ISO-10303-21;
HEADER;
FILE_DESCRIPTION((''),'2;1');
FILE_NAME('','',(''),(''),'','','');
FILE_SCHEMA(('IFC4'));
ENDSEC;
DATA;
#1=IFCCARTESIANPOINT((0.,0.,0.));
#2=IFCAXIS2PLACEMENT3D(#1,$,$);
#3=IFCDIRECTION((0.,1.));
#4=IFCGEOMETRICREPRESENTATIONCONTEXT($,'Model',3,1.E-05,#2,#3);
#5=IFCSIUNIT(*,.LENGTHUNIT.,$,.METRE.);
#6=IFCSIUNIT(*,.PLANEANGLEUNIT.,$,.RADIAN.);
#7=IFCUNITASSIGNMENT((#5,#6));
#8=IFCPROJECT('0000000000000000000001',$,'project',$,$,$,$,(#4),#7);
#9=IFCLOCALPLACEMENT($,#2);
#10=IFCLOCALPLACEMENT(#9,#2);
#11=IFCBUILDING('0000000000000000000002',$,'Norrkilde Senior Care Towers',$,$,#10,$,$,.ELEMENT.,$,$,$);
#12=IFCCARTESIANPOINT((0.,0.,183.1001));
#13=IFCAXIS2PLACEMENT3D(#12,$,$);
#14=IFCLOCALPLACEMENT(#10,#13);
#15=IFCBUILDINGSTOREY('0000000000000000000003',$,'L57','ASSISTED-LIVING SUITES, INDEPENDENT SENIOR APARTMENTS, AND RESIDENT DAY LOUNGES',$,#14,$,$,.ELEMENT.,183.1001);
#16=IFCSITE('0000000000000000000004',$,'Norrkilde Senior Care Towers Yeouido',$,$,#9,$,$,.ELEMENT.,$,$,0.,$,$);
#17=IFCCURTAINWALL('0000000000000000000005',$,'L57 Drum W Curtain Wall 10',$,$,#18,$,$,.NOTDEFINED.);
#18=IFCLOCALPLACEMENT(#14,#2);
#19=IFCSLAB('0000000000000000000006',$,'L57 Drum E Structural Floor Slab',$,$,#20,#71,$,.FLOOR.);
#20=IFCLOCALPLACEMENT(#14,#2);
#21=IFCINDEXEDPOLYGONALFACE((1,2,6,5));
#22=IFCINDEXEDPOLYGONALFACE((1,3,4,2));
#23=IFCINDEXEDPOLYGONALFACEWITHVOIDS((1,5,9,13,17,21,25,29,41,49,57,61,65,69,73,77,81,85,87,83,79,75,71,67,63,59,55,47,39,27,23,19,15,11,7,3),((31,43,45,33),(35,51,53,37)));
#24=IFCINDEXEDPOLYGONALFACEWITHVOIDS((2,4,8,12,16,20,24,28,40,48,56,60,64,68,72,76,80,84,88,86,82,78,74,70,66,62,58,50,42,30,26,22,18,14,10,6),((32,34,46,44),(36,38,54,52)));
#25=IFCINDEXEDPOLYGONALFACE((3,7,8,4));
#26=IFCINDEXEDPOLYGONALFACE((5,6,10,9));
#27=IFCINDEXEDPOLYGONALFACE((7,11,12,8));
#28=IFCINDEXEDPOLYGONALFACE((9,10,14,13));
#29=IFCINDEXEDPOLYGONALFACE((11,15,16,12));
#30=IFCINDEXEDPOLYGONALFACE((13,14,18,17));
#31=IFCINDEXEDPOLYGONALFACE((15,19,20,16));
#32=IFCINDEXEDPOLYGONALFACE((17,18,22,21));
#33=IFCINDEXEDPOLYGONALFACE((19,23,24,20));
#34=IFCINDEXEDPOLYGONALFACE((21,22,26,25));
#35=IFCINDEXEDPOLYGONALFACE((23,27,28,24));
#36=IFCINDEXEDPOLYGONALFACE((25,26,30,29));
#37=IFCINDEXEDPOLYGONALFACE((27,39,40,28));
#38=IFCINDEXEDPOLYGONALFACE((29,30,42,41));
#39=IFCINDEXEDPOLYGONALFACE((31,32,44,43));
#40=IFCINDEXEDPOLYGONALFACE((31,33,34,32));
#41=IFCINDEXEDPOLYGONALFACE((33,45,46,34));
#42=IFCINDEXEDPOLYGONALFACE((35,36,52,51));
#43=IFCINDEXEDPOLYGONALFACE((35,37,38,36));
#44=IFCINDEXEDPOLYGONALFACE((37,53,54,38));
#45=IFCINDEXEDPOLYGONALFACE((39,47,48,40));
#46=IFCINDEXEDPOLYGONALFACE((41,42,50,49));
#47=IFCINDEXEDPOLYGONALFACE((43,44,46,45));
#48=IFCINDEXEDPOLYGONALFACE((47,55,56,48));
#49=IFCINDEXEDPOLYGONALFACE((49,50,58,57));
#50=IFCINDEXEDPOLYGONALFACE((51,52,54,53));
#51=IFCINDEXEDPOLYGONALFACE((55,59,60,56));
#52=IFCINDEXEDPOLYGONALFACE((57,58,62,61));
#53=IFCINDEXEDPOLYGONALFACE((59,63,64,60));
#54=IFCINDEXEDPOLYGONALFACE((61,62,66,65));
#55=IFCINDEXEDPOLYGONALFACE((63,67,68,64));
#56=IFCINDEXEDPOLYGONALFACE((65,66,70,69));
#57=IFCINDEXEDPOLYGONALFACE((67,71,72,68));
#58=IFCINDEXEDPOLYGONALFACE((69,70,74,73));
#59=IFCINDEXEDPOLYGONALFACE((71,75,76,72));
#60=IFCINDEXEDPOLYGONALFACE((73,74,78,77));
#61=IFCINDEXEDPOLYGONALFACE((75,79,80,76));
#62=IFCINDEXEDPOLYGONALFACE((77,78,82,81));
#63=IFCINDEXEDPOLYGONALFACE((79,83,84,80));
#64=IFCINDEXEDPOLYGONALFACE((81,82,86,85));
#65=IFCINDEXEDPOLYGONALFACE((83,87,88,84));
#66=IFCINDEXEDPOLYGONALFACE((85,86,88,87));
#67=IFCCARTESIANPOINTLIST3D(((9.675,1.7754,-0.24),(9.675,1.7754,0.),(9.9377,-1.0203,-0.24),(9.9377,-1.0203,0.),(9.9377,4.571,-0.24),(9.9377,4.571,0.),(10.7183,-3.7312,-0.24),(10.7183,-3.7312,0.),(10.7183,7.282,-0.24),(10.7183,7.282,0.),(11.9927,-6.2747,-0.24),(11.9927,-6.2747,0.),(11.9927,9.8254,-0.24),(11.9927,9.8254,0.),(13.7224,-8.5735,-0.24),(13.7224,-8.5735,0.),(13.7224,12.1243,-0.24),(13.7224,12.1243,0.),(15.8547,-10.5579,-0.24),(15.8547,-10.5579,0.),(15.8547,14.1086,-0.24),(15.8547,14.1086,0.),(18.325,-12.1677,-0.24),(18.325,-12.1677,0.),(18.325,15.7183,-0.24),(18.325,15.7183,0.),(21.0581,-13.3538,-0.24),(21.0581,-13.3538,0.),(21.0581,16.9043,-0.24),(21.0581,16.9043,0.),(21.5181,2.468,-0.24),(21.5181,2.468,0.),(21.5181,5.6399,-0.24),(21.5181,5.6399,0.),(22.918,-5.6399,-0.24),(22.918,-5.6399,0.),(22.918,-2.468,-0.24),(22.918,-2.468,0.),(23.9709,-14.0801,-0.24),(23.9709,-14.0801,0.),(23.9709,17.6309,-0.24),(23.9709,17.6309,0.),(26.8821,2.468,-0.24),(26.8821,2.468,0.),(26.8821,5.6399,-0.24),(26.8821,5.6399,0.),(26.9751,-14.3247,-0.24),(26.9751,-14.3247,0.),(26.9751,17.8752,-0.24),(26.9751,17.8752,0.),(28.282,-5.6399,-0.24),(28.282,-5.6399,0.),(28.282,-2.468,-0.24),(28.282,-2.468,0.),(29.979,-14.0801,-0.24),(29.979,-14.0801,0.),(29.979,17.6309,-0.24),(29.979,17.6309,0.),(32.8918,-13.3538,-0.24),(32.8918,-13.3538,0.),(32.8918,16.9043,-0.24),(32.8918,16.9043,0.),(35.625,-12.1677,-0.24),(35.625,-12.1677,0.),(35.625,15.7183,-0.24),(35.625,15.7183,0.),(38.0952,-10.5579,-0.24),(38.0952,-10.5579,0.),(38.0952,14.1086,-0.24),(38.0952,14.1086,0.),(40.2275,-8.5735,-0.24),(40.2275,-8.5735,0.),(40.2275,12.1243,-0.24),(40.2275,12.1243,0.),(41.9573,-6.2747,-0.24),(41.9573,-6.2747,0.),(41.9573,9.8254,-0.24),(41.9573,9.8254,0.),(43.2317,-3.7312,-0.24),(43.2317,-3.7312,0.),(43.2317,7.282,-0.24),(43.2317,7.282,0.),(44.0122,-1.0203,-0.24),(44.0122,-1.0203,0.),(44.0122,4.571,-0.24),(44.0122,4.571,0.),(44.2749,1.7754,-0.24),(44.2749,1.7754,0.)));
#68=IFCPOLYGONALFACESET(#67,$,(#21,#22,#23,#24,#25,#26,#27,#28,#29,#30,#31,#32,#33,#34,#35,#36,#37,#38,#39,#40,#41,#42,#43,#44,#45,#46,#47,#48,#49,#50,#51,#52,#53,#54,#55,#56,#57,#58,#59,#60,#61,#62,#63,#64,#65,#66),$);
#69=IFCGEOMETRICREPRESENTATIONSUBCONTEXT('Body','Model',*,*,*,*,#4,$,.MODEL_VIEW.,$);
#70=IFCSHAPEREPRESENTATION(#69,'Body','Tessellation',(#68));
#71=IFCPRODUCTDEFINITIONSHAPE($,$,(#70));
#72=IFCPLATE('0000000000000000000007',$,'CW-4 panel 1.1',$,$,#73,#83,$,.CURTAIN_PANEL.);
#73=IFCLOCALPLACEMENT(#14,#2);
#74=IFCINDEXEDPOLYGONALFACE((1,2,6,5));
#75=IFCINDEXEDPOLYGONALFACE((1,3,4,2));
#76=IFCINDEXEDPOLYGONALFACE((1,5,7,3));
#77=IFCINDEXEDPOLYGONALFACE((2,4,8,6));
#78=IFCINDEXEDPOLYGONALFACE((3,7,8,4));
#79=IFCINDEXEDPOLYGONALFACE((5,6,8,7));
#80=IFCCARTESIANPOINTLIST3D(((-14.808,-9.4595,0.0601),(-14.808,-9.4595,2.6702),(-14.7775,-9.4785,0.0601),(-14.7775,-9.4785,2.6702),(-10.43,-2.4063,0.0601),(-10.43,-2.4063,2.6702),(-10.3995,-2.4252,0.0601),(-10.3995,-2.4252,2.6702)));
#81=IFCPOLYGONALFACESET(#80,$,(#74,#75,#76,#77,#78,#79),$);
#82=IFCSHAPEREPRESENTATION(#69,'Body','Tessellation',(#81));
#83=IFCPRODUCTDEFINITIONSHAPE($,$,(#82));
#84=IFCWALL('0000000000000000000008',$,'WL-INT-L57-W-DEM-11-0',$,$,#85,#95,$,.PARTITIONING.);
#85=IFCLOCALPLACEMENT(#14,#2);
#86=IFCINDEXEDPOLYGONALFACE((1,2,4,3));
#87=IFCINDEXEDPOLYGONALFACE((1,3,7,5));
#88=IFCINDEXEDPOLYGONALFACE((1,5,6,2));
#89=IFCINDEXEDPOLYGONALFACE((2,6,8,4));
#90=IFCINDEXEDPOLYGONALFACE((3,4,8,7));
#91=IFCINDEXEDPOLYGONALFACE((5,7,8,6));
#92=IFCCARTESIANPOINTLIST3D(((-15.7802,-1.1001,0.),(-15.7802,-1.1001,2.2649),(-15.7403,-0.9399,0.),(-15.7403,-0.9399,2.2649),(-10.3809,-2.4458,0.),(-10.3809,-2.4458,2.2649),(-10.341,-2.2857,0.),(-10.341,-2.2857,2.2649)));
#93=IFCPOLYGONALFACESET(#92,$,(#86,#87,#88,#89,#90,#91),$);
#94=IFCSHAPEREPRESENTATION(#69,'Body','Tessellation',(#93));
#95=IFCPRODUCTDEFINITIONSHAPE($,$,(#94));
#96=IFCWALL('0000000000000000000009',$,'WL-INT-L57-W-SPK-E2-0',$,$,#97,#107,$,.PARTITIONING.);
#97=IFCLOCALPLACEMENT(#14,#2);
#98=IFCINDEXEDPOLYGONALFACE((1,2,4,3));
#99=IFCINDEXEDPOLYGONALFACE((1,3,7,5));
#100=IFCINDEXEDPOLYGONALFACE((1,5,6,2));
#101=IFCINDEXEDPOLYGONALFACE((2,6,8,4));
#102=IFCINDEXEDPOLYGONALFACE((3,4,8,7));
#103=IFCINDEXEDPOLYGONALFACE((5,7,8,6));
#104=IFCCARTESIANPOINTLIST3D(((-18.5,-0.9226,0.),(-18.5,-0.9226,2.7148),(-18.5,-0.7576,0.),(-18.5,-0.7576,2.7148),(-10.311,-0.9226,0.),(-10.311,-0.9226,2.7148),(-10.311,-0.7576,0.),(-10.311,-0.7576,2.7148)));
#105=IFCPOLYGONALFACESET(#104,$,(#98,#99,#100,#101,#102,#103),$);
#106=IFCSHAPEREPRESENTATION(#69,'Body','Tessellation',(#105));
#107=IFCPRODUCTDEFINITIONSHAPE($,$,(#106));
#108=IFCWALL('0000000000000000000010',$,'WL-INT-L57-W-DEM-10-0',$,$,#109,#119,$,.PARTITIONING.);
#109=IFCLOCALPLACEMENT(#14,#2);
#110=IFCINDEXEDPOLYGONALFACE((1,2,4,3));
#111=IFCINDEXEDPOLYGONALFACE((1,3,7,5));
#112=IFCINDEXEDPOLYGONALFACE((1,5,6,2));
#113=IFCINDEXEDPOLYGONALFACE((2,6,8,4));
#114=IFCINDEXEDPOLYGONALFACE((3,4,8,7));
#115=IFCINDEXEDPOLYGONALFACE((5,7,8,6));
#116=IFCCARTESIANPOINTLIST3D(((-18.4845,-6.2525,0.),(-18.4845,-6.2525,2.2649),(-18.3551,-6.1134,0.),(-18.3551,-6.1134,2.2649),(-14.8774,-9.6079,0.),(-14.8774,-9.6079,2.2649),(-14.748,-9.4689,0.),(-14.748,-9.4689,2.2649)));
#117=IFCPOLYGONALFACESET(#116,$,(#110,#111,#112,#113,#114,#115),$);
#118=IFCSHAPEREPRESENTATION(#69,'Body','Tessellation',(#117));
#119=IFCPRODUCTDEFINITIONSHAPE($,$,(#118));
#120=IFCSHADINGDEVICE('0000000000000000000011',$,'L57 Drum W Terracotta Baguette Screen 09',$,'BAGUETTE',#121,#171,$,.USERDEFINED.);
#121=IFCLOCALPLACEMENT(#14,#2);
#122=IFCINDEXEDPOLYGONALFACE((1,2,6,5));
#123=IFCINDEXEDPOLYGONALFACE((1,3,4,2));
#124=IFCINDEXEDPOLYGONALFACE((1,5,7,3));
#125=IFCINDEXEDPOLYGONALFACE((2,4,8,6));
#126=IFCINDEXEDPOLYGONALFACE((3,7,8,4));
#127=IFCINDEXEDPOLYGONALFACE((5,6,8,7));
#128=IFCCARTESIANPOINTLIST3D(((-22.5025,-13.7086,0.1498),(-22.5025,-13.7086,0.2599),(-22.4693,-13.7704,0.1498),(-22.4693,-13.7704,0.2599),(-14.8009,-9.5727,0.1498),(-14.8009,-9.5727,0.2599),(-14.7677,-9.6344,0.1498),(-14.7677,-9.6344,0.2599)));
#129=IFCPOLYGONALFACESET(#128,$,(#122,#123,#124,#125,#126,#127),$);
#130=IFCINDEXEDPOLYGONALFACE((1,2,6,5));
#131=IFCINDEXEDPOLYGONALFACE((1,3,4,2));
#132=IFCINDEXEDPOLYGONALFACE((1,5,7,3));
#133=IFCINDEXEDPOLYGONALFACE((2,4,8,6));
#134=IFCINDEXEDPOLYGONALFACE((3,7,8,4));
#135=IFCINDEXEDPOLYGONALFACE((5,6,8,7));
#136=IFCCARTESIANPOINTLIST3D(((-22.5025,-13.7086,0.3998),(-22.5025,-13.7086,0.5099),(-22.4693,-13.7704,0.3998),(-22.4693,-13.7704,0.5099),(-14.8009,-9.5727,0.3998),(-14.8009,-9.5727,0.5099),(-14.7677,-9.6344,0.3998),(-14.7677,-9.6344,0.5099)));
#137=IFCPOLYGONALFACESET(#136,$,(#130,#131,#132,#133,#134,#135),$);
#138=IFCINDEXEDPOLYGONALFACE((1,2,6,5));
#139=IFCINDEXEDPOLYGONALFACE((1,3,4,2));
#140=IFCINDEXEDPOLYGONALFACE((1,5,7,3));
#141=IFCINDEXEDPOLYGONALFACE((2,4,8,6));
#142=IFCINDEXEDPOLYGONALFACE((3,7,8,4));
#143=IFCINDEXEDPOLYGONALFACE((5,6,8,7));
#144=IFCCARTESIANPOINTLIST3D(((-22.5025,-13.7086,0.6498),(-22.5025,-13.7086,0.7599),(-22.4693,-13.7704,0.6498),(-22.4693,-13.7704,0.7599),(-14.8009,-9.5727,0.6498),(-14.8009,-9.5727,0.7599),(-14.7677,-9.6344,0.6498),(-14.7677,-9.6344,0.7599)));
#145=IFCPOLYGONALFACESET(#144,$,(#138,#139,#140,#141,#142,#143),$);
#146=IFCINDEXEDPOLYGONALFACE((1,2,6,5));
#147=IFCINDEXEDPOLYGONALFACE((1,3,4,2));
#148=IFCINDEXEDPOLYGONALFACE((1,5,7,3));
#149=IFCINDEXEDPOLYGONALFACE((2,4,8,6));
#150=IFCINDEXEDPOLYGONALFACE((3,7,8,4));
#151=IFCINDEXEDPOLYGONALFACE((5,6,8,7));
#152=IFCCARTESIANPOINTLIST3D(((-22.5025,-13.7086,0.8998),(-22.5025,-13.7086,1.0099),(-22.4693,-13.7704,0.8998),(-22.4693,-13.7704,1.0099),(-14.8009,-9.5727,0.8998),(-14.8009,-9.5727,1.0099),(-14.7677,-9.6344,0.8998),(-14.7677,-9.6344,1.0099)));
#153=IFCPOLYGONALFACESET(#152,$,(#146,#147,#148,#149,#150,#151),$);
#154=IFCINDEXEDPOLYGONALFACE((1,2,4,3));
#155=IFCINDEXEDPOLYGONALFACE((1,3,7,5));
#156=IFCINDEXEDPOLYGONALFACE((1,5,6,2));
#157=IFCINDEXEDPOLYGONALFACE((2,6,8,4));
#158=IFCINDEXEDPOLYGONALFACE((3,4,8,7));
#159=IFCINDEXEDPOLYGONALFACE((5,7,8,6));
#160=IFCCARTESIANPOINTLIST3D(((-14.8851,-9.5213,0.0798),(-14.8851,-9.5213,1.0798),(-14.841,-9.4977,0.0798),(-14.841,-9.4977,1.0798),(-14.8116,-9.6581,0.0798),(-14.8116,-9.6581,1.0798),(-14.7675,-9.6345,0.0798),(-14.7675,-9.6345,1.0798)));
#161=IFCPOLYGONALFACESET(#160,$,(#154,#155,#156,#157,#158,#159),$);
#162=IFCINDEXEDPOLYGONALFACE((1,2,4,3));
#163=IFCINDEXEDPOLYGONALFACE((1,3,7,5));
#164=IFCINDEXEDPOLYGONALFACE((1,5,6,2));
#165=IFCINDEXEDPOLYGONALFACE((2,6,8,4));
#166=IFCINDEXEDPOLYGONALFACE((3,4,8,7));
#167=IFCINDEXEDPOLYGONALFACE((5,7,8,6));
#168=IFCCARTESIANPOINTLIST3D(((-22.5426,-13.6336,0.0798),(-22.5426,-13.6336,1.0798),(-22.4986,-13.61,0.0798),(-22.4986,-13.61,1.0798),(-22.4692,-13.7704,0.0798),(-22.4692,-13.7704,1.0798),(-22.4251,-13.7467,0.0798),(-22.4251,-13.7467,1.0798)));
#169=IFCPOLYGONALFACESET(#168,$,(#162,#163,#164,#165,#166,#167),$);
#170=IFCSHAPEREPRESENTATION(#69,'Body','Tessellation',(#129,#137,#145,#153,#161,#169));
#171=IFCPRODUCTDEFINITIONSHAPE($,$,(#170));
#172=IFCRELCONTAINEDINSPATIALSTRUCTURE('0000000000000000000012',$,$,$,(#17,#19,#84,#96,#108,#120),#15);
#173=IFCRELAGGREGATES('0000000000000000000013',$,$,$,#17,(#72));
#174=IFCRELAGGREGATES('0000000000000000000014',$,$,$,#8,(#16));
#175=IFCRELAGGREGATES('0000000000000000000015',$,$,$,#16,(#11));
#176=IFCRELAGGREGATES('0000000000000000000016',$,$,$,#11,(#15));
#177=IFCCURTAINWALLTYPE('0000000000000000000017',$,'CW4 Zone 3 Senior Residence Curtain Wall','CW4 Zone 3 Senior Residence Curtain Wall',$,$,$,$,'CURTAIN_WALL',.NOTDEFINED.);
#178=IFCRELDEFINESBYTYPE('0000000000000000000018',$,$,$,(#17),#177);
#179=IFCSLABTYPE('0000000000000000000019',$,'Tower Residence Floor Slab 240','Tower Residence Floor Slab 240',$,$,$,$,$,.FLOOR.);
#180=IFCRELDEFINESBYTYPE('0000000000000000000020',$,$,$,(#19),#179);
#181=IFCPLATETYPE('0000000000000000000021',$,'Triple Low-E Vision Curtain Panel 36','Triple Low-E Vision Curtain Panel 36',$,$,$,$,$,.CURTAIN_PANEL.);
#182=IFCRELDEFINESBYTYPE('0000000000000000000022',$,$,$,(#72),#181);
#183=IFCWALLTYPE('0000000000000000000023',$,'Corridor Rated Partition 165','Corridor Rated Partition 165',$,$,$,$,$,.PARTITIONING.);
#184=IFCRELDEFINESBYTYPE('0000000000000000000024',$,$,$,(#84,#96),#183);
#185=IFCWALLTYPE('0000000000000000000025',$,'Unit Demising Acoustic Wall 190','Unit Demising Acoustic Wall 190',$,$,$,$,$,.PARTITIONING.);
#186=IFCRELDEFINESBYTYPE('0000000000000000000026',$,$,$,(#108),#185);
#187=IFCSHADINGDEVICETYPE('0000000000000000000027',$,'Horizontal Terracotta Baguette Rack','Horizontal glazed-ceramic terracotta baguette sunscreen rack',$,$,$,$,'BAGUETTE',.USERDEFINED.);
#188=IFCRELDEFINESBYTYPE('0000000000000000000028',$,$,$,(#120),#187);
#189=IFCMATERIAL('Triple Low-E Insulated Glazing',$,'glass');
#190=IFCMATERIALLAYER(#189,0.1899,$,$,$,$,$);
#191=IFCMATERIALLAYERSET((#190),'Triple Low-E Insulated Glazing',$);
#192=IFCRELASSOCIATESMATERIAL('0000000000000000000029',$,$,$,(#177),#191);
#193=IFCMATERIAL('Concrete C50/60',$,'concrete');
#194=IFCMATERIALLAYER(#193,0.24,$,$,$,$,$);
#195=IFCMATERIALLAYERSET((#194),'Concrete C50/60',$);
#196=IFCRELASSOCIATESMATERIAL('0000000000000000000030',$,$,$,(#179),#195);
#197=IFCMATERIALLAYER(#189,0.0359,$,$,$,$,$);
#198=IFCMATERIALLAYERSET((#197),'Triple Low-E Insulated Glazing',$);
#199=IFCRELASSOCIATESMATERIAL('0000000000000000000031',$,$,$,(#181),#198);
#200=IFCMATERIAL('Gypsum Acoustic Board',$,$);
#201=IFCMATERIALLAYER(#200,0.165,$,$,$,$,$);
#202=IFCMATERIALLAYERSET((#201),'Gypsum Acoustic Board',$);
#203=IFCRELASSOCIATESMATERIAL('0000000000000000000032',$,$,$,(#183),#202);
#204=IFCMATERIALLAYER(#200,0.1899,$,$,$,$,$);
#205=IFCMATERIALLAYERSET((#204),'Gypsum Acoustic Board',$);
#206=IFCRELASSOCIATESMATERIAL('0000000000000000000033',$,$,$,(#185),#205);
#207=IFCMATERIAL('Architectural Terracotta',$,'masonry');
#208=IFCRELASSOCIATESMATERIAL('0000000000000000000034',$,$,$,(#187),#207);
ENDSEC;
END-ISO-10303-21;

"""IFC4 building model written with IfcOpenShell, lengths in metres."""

from ifc_helpers import new_model, si_unit, direction, frame, frame_2d, origin, origin_2d, place, context, subcontext, project, spatial, polyline, rectangle, outline, extrude, source, transform, mapped, material, layer, layer_set, type_object, type_shapes, element, aggregate, save


model = new_model("IFC4")

# Units and contexts
model_context = context("Model", 3, precision=1e-05, world=origin(), true_north=direction((0.0, 1.0)))
body_context = subcontext(model_context, "Body", "Model", "MODEL_VIEW")
ifc_project = project(units=[si_unit("LENGTHUNIT", "METRE"), si_unit("PLANEANGLEUNIT", "RADIAN")], contexts=[model_context])

# Site, building, storey
site_placement = place(None, origin())
site = spatial("IfcSite", under=ifc_project, at=site_placement, Name="Norrkilde Senior Care Towers Yeouido", CompositionType="ELEMENT", RefElevation=0.0)
building_placement = place(site_placement, origin())
building = spatial("IfcBuilding", under=site, at=building_placement, Name="Norrkilde Senior Care Towers", CompositionType="ELEMENT")
storey_placement = place(building_placement, frame((0.0, 0.0, 183.1001)))
storey = spatial("IfcBuildingStorey", under=building, at=storey_placement, Name="L57", Description="ASSISTED-LIVING SUITES, INDEPENDENT SENIOR APARTMENTS, AND RESIDENT DAY LOUNGES", CompositionType="ELEMENT", Elevation=183.1001)

# Shared definitions
ifc_material_1 = material(Name="Concrete C50/60", Category="concrete")

# Curtain wall
ifc_material_2 = material(Name="Triple Low-E Insulated Glazing", Category="glass")
ifc_layer_1 = layer(ifc_material_2, 0.1899)
ifc_layer_set_1 = layer_set([ifc_layer_1], Name="Triple Low-E Insulated Glazing")
curtain_wall_type = type_object("IfcCurtainWallType", Name="CW4 Zone 3 Senior Residence Curtain Wall", Description="CW4 Zone 3 Senior Residence Curtain Wall", ElementType="CURTAIN_WALL", PredefinedType="NOTDEFINED", material=ifc_layer_set_1)
curtain_wall_1_placement = place(storey_placement, origin())
curtain_wall_1 = element("IfcCurtainWall", 1, at=curtain_wall_1_placement, inside=storey, type_object=curtain_wall_type, Name="L57 Drum W Curtain Wall 10", PredefinedType="NOTDEFINED")

# Slab
ifc_layer_2 = layer(ifc_material_1, 0.24)
ifc_layer_set_2 = layer_set([ifc_layer_2], Name="Concrete C50/60")
slab_type_1 = type_object("IfcSlabType", Name="Tower Residence Floor Slab 240", Description="Tower Residence Floor Slab 240", PredefinedType="FLOOR", material=ifc_layer_set_2)
slab_1_placement = place(storey_placement, frame((0.0, 0.0, -0.24)))
element("IfcSlab", 2, at=slab_1_placement, inside=storey, type_object=slab_type_1, Name="L57 Drum E Structural Floor Slab", PredefinedType="FLOOR", context=body_context, shape_type="SweptSolid", body=[
    extrude(outline(polyline([(43.2317, -3.7312), (41.9573, -6.2747), (40.2275, -8.5735), (38.0952, -10.5579), (35.625, -12.1677), (32.8918, -13.3538), (29.979, -14.0801), (26.9751, -14.3247), (23.9709, -14.0801), (21.0581, -13.3538), (18.325, -12.1677), (15.8547, -10.5579), (13.7224, -8.5735), (11.9927, -6.2747), (10.7183, -3.7312), (9.9377, -1.0203), (9.675, 1.7754), (9.9377, 4.571), (10.7183, 7.282), (11.9927, 9.8254), (13.7224, 12.1243), (15.8547, 14.1086), (18.325, 15.7183), (21.0581, 16.9043), (23.9709, 17.6309), (26.9751, 17.8752), (29.979, 17.6309), (32.8918, 16.9043), (35.625, 15.7183), (38.0952, 14.1086), (40.2275, 12.1243), (41.9573, 9.8254), (43.2317, 7.282), (44.0122, 4.571), (44.2749, 1.7754), (44.0122, -1.0203), (43.2317, -3.7312)]), holes=[polyline([(21.5181, 2.468), (26.8821, 2.468), (26.8821, 5.6399), (21.5181, 5.6399), (21.5181, 2.468)]), polyline([(28.282, -5.6399), (28.282, -2.468), (22.918, -2.468), (22.918, -5.6399), (28.282, -5.6399)])]), origin(), (0.0, 0.0, 1.0), 0.24),
])

# Plate
ifc_layer_3 = layer(ifc_material_2, 0.0359)
ifc_layer_set_3 = layer_set([ifc_layer_3], Name="Triple Low-E Insulated Glazing")
plate_type = type_object("IfcPlateType", Name="Triple Low-E Vision Curtain Panel 36", Description="Triple Low-E Vision Curtain Panel 36", PredefinedType="CURTAIN_PANEL", material=ifc_layer_set_3)
shared_shape_1 = source(origin(), body_context, "Body", "SweptSolid", [
    extrude(rectangle(XDim=8.3015, YDim=0.0359, at=origin_2d()), origin(), (0.0, 0.0, 1.0), 2.6101),
])
type_shapes(plate_type, [shared_shape_1])
plate_placement = place(storey_placement, frame((-12.6038, -5.9424, 0.0601), z_axis=(0.0, 0.0, 1.0), x_axis=(-0.527373, -0.849634, 0.0)))
plate = element("IfcPlate", 3, at=plate_placement, type_object=plate_type, Name="CW-4 panel 1.1", PredefinedType="CURTAIN_PANEL", context=body_context, shape_type="MappedRepresentation", body=[
    mapped(shared_shape_1, transform((0.0, 0.0, 0.0), x_axis=(1.0, 0.0, 0.0), y_axis=(0.0, 1.0, 0.0), z_axis=(0.0, 0.0, 1.0), scale=1.0)),
])
aggregate(curtain_wall_1, [plate])

# Walls
ifc_material_3 = material(Name="Gypsum Acoustic Board")
ifc_layer_4 = layer(ifc_material_3, 0.165)
ifc_layer_set_4 = layer_set([ifc_layer_4], Name="Gypsum Acoustic Board")
wall_type_1 = type_object("IfcWallType", Name="Corridor Rated Partition 165", Description="Corridor Rated Partition 165", PredefinedType="PARTITIONING", material=ifc_layer_set_4)
shared_shape_2 = source(origin(), body_context, "Body", "SweptSolid", [
    extrude(rectangle(XDim=5.5645, YDim=0.165, at=frame_2d((2.7822, 0.0))), origin(), (0.0, 0.0, 1.0), 2.2649),
])
wall_1_placement = place(storey_placement, frame((-15.7603, -1.02, 0.0), z_axis=(0.0, 0.0, 1.0), x_axis=(0.970315, -0.241844, 0.0)))
element("IfcWall", 4, at=wall_1_placement, inside=storey, type_object=wall_type_1, Name="WL-INT-L57-W-DEM-11-0", PredefinedType="PARTITIONING", context=body_context, shape_type="MappedRepresentation", body=[
    mapped(shared_shape_2, transform((0.0, 0.0, 0.0), x_axis=(1.0, 0.0, 0.0), y_axis=(0.0, 1.0, 0.0), z_axis=(0.0, 0.0, 1.0), scale=1.0)),
])
shared_shape_3 = source(origin(), body_context, "Body", "SweptSolid", [
    extrude(rectangle(XDim=8.189, YDim=0.165, at=frame_2d((4.0945, 0.0))), origin(), (0.0, 0.0, 1.0), 2.7148),
])
type_shapes(wall_type_1, [shared_shape_2, shared_shape_3])
wall_2_placement = place(storey_placement, frame((-10.311, -0.8401, 0.0), z_axis=(0.0, 0.0, 1.0), x_axis=(-1.0, 0.0, 0.0)))
element("IfcWall", 5, at=wall_2_placement, inside=storey, type_object=wall_type_1, Name="WL-INT-L57-W-SPK-E2-0", PredefinedType="PARTITIONING", context=body_context, shape_type="MappedRepresentation", body=[
    mapped(shared_shape_3, transform((0.0, 0.0, 0.0), x_axis=(1.0, 0.0, 0.0), y_axis=(0.0, 1.0, 0.0), z_axis=(0.0, 0.0, 1.0), scale=1.0)),
])
ifc_layer_5 = layer(ifc_material_3, 0.1899)
ifc_layer_set_5 = layer_set([ifc_layer_5], Name="Gypsum Acoustic Board")
wall_type_2 = type_object("IfcWallType", Name="Unit Demising Acoustic Wall 190", Description="Unit Demising Acoustic Wall 190", PredefinedType="PARTITIONING", material=ifc_layer_set_5)
shared_shape_4 = source(origin(), body_context, "Body", "SweptSolid", [
    extrude(rectangle(XDim=4.9265, YDim=0.1899, at=frame_2d((2.4634, 0.0))), origin(), (0.0, 0.0, 1.0), 2.2649),
])
type_shapes(wall_type_2, [shared_shape_4])
wall_3_placement = place(storey_placement, frame((-18.4199, -6.1829, 0.0), z_axis=(0.0, 0.0, 1.0), x_axis=(0.732191, -0.681099, 0.0)))
element("IfcWall", 6, at=wall_3_placement, inside=storey, type_object=wall_type_2, Name="WL-INT-L57-W-DEM-10-0", PredefinedType="PARTITIONING", context=body_context, shape_type="MappedRepresentation", body=[
    mapped(shared_shape_4, transform((0.0, 0.0, 0.0), x_axis=(1.0, 0.0, 0.0), y_axis=(0.0, 1.0, 0.0), z_axis=(0.0, 0.0, 1.0), scale=1.0)),
])

# Shading device
ifc_material_4 = material(Name="Architectural Terracotta", Category="masonry")
shading_device_type = type_object("IfcShadingDeviceType", Name="Horizontal Terracotta Baguette Rack", Description="Horizontal glazed-ceramic terracotta baguette sunscreen rack", ElementType="BAGUETTE", PredefinedType="USERDEFINED", material=ifc_material_4)
shared_shape_5 = source(origin(), body_context, "Body", "SweptSolid", [
    extrude(rectangle(XDim=0.0701, YDim=0.1101, at=origin_2d()), frame((0.0, 0.0901, 0.125), z_axis=(1.0, 0.0, 0.0), x_axis=(0.0, 1.0, 0.0)), (0.0, 0.0, 1.0), 8.7419),
    extrude(rectangle(XDim=0.0701, YDim=0.1101, at=origin_2d()), frame((0.0, 0.0901, 0.375), z_axis=(1.0, 0.0, 0.0), x_axis=(0.0, 1.0, 0.0)), (0.0, 0.0, 1.0), 8.7419),
    extrude(rectangle(XDim=0.0701, YDim=0.1101, at=origin_2d()), frame((0.0, 0.0901, 0.625), z_axis=(1.0, 0.0, 0.0), x_axis=(0.0, 1.0, 0.0)), (0.0, 0.0, 1.0), 8.7419),
    extrude(rectangle(XDim=0.0701, YDim=0.1101, at=origin_2d()), frame((0.0, 0.0901, 0.875), z_axis=(1.0, 0.0, 0.0), x_axis=(0.0, 1.0, 0.0)), (0.0, 0.0, 1.0), 8.7419),
    extrude(rectangle(XDim=0.05, YDim=0.1553, at=origin_2d()), frame((0.0249, 0.0476, 0.0)), (0.0, 0.0, 1.0), 1.0),
    extrude(rectangle(XDim=0.05, YDim=0.1553, at=origin_2d()), frame((8.7168, 0.0476, 0.0)), (0.0, 0.0, 1.0), 1.0),
])
type_shapes(shading_device_type, [shared_shape_5])
shading_device_placement = place(storey_placement, frame((-14.8269, -9.5242, 0.0798), z_axis=(0.0, 0.0, 1.0), x_axis=(-0.881001, -0.47312, 0.0)))
element("IfcShadingDevice", 7, at=shading_device_placement, inside=storey, type_object=shading_device_type, Name="L57 Drum W Terracotta Baguette Screen 09", ObjectType="BAGUETTE", PredefinedType="USERDEFINED", context=body_context, shape_type="MappedRepresentation", body=[
    mapped(shared_shape_5, transform((0.0, 0.0, 0.0), x_axis=(1.0, 0.0, 0.0), y_axis=(0.0, 1.0, 0.0), z_axis=(0.0, 0.0, 1.0), scale=1.0)),
])

save(model, "model.ifc")
